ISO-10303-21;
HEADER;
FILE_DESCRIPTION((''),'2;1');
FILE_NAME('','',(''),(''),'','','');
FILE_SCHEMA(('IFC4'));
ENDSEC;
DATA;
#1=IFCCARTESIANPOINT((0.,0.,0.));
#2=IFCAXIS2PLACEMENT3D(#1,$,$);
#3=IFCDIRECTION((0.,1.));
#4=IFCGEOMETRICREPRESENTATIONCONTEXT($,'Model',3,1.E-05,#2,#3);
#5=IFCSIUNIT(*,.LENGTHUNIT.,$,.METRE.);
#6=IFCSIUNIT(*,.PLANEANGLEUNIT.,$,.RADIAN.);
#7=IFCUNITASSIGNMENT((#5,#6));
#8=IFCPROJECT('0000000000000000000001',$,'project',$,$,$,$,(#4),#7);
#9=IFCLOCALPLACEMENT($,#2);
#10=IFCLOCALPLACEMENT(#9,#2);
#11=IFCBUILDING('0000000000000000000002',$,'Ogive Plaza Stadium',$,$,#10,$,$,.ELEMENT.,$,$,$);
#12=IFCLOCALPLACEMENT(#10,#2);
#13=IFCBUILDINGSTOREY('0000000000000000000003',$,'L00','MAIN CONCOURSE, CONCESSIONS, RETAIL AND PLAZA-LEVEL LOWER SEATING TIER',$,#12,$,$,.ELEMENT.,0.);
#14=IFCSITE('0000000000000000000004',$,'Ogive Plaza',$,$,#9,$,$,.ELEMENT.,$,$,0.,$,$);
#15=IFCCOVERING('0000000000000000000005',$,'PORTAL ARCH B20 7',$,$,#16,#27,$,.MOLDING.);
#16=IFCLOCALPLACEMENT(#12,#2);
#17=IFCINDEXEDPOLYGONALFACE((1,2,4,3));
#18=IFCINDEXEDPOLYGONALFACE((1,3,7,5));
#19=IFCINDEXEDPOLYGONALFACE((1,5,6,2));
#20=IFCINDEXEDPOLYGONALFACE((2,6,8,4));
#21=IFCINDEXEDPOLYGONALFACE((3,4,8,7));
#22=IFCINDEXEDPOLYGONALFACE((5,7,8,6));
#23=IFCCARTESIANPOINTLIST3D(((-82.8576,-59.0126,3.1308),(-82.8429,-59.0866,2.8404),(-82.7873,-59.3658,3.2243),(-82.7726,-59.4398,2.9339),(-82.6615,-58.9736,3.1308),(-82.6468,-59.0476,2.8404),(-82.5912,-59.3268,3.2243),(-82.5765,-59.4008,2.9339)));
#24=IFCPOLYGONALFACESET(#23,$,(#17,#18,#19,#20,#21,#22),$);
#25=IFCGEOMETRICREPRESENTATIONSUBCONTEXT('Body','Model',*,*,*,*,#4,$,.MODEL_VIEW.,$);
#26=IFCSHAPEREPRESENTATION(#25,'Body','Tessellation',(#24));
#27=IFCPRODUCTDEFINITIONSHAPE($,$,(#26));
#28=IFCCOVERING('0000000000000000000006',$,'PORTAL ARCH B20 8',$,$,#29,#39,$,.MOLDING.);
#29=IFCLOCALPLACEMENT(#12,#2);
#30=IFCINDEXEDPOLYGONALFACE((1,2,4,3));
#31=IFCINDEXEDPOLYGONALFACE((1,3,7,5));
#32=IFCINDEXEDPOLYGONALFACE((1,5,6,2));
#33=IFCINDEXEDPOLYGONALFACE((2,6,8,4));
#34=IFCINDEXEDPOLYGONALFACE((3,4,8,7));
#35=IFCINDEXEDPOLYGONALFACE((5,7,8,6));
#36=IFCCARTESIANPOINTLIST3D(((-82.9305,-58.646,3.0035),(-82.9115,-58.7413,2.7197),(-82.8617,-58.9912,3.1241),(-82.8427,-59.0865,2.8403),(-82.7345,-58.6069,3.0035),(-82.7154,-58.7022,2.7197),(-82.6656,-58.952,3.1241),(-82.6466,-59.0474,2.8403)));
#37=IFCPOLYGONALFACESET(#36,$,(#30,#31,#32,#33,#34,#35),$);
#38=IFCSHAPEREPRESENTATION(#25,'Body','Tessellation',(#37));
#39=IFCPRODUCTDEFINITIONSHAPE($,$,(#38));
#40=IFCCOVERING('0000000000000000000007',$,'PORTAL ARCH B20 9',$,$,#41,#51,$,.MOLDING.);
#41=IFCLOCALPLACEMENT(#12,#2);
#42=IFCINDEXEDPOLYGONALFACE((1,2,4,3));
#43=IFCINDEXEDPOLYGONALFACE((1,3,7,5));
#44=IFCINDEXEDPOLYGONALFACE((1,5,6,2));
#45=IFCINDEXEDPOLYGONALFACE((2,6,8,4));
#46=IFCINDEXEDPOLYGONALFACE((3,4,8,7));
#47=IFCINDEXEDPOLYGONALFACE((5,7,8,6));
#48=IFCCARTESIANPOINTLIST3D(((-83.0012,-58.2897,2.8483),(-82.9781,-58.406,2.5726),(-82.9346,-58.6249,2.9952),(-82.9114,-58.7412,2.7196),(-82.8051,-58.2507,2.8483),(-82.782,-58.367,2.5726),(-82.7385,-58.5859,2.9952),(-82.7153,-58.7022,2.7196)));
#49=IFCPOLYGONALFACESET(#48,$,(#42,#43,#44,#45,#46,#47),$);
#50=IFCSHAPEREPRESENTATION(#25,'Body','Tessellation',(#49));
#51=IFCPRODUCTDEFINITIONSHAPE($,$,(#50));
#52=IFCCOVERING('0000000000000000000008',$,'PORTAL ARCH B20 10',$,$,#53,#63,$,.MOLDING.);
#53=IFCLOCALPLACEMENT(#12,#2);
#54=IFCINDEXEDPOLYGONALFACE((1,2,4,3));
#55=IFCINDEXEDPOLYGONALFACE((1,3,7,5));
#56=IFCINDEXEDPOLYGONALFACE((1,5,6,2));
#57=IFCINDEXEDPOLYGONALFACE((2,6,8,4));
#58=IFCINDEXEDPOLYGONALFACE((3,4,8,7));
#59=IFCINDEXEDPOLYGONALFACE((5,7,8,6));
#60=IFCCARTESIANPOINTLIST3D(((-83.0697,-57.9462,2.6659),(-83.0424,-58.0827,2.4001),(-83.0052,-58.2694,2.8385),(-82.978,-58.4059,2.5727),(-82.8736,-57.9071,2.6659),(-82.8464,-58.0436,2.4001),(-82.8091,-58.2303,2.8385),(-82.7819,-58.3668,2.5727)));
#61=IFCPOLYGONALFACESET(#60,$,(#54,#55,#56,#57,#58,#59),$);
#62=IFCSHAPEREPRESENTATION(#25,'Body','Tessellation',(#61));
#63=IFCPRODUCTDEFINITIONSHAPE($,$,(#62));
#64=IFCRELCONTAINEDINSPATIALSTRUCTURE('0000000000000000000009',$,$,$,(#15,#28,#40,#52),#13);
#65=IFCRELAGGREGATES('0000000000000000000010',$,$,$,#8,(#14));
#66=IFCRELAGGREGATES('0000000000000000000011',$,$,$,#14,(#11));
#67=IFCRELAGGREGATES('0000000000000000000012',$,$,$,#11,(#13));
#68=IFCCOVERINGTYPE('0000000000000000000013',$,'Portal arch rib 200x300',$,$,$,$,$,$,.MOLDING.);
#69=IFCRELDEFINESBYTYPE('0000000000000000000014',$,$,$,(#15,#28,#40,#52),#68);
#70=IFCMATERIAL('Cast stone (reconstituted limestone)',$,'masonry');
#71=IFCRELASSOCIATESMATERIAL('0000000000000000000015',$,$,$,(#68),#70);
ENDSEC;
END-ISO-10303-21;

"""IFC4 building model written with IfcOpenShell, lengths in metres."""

from ifc_helpers import new_model, si_unit, direction, frame, origin, origin_2d, place, context, subcontext, project, spatial, rectangle, extrude, material, material_profile, profile_set, type_object, element, save


model = new_model("IFC4")

# Units and contexts
model_context = context("Model", 3, precision=1e-05, world=origin(), true_north=direction((0.0, 1.0)))
body_context = subcontext(model_context, "Body", "Model", "MODEL_VIEW")
ifc_project = project(units=[si_unit("LENGTHUNIT", "METRE"), si_unit("PLANEANGLEUNIT", "RADIAN")], contexts=[model_context])

# Site, building, storey
site_placement = place(None, origin())
site = spatial("IfcSite", under=ifc_project, at=site_placement, Name="Ogive Plaza", CompositionType="ELEMENT", RefElevation=0.0)
building_placement = place(site_placement, origin())
building = spatial("IfcBuilding", under=site, at=building_placement, Name="Ogive Plaza Stadium", CompositionType="ELEMENT")
storey_placement = place(building_placement, origin())
storey = spatial("IfcBuildingStorey", under=building, at=storey_placement, Name="L00", Description="MAIN CONCOURSE, CONCESSIONS, RETAIL AND PLAZA-LEVEL LOWER SEATING TIER", CompositionType="ELEMENT", Elevation=0.0)

# Coverings
ifc_material_1 = material(Name="Cast stone (reconstituted limestone)", Category="masonry")
ifc_material_profile_1 = material_profile(ifc_material_1, rectangle(XDim=0.2, YDim=0.3, at=origin_2d()), Name="Cast stone 200x300")
ifc_profile_set_1 = profile_set([ifc_material_profile_1], Name="Cast stone (reconstituted limestone)")
covering_type = type_object("IfcCoveringType", Name="Portal arch rib 200x300", PredefinedType="MOLDING", material=ifc_profile_set_1)
for number, where, z_axis, x_axis, name in (
    (1, (-82.6819, -59.3833, 3.0791), (-0.188941, 0.949298, -0.251265), (-0.980763, -0.195204, 0.0), "PORTAL ARCH B20 7"),
    (2, (-82.7542, -59.0193, 2.9822), (-0.185024, 0.927746, -0.32412), (-0.980687, -0.195583, 0.0), "PORTAL ARCH B20 8"),
    (3, (-82.825, -58.6636, 2.8574), (-0.179154, 0.901018, -0.395057), (-0.9808, -0.195017, 0.0), "PORTAL ARCH B20 9"),
    (4, (-82.8936, -58.3181, 2.7056), (-0.17323, 0.868777, -0.463916), (-0.980694, -0.195546, 0.0), "PORTAL ARCH B20 10"),
):
    element("IfcCovering", number, at=place(storey_placement, frame(where, z_axis=z_axis, x_axis=x_axis)), inside=storey, type_object=covering_type, Name=name, PredefinedType="MOLDING", context=body_context, shape_type="SweptSolid", body=[
        extrude(rectangle(XDim=0.2, YDim=0.3, at=origin_2d()), origin(), (0.0, 0.0, 1.0), 0.3721),
    ])

save(model, "model.ifc")
